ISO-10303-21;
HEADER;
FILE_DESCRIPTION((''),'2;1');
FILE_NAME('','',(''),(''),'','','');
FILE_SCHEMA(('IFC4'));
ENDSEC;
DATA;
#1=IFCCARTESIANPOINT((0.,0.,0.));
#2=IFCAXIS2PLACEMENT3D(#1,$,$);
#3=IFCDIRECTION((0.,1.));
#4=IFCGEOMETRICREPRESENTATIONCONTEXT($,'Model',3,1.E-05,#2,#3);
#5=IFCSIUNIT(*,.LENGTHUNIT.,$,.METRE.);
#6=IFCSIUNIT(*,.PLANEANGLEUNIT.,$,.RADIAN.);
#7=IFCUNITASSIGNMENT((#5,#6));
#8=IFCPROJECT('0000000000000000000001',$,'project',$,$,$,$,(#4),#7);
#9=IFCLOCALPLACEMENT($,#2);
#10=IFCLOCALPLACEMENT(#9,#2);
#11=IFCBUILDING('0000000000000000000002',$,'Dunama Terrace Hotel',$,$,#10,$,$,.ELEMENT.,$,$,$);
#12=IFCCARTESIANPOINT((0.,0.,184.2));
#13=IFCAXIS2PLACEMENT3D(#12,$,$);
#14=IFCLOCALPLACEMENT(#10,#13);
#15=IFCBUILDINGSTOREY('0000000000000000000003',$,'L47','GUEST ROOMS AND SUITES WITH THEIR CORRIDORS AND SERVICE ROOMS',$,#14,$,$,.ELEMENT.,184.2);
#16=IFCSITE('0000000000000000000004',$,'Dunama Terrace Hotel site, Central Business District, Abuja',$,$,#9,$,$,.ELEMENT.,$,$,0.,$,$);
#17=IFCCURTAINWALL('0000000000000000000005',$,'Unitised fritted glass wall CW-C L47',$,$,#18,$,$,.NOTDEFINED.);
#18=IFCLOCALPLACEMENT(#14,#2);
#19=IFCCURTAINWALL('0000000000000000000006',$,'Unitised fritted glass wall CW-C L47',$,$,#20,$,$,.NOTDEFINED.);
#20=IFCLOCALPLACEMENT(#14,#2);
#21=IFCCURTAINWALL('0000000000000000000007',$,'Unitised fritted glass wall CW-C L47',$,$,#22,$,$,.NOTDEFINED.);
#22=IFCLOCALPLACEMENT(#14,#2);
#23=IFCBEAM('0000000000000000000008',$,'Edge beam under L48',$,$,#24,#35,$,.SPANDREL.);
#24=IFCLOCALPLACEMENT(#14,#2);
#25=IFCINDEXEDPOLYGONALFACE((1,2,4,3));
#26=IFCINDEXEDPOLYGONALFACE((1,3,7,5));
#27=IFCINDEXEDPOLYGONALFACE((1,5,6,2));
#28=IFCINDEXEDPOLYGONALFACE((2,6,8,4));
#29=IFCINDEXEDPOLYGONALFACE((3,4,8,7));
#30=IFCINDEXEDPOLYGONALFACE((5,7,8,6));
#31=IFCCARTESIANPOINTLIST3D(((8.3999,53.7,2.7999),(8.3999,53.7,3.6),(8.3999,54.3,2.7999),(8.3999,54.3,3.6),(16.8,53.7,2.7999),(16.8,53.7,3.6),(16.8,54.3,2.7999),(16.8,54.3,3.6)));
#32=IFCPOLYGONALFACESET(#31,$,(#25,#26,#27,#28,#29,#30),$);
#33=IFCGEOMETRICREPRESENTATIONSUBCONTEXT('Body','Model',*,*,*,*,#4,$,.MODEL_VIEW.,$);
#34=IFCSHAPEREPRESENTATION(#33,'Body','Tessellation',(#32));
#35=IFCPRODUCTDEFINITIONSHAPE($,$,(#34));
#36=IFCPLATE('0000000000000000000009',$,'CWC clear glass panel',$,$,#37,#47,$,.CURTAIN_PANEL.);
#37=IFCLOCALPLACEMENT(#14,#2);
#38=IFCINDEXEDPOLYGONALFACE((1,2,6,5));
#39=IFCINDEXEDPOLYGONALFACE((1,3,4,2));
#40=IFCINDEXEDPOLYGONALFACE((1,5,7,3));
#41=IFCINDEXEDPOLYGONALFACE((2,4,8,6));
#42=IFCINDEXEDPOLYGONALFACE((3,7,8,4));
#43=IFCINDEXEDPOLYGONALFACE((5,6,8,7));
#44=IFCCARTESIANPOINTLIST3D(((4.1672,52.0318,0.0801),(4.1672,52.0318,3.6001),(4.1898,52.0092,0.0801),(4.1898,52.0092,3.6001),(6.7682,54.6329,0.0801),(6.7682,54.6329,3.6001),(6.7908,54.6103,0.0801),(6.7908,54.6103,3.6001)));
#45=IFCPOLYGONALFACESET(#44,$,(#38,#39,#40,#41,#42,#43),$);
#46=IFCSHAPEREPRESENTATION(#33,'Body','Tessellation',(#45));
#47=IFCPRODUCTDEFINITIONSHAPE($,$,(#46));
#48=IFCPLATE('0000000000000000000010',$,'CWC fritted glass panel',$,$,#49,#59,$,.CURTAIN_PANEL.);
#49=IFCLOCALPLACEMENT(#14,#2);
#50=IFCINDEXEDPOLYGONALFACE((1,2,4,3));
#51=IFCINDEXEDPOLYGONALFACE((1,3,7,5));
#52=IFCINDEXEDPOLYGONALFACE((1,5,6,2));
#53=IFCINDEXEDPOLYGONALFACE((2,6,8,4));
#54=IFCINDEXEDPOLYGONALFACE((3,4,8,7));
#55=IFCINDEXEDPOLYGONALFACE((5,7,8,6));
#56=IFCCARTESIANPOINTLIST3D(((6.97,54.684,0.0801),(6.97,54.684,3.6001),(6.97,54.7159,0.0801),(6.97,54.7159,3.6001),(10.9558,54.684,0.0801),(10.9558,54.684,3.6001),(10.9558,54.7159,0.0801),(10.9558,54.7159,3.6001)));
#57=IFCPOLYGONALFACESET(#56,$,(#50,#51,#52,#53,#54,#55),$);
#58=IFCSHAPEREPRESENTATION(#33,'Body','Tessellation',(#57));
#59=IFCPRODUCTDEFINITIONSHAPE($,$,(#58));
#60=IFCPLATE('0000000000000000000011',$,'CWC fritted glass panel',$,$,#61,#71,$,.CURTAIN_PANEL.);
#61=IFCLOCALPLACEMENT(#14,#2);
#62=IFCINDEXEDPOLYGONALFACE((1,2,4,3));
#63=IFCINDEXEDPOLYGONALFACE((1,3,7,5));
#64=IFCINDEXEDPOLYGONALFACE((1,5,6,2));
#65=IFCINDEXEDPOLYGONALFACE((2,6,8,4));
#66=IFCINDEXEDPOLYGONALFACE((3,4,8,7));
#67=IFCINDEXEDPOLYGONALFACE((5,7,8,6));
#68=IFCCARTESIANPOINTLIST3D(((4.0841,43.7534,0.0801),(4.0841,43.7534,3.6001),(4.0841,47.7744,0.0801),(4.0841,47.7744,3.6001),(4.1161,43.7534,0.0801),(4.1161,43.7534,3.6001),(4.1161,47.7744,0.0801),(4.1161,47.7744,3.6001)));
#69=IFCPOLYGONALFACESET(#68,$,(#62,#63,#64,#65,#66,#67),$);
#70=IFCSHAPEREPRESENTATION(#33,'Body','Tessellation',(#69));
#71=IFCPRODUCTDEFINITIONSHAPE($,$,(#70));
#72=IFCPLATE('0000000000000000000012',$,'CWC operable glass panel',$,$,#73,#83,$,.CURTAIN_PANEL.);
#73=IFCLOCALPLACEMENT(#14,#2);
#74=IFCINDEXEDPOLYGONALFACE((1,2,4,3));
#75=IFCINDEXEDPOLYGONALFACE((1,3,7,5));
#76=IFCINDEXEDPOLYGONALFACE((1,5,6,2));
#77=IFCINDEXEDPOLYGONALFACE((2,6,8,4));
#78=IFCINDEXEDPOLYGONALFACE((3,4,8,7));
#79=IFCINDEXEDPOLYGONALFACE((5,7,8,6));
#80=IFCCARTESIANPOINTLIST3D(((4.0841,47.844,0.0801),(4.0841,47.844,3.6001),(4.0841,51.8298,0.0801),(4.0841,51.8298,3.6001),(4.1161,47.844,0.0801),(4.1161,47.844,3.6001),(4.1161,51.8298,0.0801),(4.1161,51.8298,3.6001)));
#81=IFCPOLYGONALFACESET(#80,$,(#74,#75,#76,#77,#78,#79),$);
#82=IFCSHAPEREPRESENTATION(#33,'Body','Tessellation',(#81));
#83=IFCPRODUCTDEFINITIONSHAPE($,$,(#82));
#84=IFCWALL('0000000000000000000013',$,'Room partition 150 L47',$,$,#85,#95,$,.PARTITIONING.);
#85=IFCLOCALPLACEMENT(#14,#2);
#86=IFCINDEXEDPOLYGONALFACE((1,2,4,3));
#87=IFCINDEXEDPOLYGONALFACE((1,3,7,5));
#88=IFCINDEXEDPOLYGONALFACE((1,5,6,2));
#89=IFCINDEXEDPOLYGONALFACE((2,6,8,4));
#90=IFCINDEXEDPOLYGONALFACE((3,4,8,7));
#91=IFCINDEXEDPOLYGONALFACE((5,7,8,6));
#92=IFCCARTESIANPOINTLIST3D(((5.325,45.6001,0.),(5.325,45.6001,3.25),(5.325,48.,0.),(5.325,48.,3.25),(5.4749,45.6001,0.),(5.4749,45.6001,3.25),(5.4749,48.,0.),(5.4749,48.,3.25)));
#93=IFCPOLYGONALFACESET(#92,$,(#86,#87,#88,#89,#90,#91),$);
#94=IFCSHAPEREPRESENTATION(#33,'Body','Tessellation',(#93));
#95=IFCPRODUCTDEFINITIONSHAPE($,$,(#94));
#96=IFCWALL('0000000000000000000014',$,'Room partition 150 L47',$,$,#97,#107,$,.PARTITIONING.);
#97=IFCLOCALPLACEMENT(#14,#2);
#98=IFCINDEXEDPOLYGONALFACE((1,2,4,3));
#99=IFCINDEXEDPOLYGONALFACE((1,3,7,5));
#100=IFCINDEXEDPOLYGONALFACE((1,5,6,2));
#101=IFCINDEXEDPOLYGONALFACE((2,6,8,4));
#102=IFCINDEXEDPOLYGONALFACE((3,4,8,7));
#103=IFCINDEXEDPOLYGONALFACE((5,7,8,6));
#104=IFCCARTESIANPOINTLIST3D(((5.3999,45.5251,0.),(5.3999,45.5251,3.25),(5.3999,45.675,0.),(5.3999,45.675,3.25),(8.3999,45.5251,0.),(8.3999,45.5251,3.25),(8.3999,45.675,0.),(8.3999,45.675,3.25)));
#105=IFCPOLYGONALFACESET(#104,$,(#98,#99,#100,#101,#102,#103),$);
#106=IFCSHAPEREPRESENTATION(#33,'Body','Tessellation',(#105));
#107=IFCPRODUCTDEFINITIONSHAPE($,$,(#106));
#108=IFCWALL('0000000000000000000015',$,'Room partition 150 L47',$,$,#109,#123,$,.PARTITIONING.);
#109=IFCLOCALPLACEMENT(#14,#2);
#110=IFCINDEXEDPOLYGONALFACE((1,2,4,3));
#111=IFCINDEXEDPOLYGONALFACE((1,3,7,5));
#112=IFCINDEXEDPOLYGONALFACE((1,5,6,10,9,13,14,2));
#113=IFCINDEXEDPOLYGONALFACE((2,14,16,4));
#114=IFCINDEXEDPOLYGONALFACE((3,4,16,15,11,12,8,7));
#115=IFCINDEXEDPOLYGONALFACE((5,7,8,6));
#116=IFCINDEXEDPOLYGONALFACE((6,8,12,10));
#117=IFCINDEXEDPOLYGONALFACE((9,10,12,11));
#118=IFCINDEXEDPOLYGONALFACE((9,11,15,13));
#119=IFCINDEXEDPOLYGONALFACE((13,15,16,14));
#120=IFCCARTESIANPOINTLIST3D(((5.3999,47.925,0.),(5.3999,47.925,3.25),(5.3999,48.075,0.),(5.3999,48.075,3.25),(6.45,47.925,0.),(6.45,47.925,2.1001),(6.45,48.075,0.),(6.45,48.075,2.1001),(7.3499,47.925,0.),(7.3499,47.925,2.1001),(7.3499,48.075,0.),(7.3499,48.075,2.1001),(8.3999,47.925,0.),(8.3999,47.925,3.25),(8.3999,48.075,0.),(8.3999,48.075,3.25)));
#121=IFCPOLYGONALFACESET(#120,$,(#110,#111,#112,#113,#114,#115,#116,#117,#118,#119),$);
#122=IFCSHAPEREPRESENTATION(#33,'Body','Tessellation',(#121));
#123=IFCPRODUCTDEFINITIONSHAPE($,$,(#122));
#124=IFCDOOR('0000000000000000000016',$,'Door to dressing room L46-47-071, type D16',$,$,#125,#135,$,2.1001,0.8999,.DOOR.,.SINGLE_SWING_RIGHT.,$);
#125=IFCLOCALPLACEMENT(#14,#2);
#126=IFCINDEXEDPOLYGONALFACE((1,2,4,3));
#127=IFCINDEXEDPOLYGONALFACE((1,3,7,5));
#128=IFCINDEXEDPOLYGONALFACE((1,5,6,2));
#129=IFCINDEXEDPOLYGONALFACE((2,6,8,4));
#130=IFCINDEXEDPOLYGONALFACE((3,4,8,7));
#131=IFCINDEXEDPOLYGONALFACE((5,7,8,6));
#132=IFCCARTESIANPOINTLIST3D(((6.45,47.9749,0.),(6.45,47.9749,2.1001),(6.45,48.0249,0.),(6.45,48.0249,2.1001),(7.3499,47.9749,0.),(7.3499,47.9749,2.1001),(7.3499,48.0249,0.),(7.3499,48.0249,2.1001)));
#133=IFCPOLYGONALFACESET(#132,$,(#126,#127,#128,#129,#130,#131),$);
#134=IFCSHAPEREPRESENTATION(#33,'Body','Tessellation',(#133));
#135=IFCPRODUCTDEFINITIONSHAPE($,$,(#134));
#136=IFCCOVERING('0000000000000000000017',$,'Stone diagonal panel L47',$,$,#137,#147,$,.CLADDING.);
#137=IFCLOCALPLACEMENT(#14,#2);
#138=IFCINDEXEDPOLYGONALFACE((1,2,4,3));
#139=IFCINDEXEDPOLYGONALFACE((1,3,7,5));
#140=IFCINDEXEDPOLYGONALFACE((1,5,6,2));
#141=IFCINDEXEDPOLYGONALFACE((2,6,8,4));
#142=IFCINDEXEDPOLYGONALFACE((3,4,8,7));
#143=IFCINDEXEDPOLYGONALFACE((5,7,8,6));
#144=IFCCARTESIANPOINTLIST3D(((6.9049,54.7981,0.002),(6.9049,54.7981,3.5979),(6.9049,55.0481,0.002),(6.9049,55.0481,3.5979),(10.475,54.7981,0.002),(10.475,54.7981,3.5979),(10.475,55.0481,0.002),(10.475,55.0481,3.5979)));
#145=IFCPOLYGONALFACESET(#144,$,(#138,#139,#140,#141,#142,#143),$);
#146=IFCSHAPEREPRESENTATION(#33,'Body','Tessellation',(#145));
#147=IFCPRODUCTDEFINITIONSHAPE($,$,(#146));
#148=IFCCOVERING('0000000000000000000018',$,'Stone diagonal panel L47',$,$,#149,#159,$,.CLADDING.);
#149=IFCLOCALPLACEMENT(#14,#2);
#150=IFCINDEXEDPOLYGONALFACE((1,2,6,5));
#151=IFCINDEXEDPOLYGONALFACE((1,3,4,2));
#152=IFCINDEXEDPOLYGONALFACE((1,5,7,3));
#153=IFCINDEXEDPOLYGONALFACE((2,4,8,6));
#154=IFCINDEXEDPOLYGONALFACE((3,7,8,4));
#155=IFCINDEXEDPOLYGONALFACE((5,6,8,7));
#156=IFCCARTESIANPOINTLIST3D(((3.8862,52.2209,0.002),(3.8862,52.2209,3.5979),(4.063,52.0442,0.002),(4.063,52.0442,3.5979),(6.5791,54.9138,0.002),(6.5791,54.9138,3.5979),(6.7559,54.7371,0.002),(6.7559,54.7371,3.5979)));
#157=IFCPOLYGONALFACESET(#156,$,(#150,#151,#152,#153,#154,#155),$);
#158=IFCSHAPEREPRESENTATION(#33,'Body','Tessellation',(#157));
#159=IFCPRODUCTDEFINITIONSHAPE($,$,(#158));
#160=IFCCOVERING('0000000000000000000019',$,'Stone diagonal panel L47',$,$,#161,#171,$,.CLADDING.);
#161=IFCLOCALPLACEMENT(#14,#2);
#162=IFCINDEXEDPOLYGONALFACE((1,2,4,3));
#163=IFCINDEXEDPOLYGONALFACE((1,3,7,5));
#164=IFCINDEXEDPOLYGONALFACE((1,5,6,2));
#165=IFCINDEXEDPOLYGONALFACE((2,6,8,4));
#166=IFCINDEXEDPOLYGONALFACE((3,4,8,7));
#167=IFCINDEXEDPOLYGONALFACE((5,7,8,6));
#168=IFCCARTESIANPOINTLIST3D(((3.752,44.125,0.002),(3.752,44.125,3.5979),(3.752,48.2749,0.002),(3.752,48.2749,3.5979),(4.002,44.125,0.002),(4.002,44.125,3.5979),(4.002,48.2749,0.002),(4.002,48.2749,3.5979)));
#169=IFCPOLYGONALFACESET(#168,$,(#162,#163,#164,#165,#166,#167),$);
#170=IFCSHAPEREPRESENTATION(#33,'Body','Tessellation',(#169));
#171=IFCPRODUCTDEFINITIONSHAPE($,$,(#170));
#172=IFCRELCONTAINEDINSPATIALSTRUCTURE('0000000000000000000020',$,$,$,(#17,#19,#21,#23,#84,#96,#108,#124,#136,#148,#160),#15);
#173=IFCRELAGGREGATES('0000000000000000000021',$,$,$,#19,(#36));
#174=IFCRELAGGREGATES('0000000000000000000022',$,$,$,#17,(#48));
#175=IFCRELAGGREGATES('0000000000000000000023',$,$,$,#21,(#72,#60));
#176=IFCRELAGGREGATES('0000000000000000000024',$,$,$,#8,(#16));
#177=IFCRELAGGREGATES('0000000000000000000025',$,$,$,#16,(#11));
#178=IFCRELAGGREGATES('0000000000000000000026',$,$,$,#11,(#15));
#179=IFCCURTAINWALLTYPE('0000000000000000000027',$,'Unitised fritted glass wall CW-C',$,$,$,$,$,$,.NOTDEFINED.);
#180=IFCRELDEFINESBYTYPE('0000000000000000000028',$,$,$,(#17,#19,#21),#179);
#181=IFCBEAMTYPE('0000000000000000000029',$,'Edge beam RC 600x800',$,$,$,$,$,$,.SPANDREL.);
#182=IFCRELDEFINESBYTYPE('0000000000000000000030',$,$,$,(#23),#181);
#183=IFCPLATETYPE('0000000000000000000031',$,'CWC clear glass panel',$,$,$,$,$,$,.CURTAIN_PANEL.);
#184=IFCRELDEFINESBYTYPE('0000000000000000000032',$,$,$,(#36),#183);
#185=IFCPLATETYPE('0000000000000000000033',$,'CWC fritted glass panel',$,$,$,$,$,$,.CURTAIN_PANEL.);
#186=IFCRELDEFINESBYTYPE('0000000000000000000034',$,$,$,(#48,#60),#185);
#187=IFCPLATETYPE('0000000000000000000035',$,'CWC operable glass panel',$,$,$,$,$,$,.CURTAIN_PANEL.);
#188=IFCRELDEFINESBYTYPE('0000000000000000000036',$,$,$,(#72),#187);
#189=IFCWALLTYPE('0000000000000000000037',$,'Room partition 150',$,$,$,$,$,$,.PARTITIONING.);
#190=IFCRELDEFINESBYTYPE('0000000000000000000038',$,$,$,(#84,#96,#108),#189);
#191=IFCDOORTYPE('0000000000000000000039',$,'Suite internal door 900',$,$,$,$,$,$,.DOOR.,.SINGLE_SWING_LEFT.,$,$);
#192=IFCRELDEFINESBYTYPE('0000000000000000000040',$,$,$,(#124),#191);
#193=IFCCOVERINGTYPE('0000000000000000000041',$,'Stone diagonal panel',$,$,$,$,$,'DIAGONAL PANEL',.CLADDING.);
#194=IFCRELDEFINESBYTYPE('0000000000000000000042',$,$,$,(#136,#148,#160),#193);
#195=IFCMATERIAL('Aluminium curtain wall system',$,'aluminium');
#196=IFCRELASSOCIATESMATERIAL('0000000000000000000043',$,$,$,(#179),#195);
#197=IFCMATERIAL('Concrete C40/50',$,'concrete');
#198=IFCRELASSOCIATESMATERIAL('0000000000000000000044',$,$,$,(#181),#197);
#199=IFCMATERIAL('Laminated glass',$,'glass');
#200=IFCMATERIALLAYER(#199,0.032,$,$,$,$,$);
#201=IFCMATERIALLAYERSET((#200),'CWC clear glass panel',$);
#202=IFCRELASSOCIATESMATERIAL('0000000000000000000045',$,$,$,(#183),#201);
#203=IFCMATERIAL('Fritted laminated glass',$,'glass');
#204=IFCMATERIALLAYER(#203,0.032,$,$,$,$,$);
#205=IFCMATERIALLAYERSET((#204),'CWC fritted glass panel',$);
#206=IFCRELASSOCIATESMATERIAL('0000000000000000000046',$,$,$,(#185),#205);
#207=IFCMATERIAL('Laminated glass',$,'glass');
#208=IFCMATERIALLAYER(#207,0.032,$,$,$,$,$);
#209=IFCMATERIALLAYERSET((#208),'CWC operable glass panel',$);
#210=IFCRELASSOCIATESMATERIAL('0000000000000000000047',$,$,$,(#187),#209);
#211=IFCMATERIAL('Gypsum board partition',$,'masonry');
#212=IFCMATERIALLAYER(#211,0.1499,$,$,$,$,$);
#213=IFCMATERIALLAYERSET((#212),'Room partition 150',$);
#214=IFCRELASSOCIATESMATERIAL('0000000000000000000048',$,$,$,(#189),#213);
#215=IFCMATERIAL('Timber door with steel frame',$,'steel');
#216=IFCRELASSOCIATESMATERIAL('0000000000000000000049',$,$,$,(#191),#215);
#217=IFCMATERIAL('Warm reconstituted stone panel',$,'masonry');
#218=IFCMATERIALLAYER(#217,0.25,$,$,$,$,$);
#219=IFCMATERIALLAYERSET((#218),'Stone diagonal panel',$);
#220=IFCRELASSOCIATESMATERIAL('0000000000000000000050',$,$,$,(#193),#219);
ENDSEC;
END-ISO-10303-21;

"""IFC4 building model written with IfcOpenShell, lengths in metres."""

from ifc_helpers import new_model, si_unit, direction, frame, frame_2d, origin, origin_2d, place, context, subcontext, project, spatial, rectangle, extrude, material, layer, layer_set, material_profile, profile_set, type_object, element, fill, aggregate, save


model = new_model("IFC4")

# Units and contexts
model_context = context("Model", 3, precision=1e-05, world=origin(), true_north=direction((0.0, 1.0)))
body_context = subcontext(model_context, "Body", "Model", "MODEL_VIEW")
ifc_project = project(units=[si_unit("LENGTHUNIT", "METRE"), si_unit("PLANEANGLEUNIT", "RADIAN")], contexts=[model_context])

# Site, building, storey
site_placement = place(None, origin())
site = spatial("IfcSite", under=ifc_project, at=site_placement, Name="Dunama Terrace Hotel site, Central Business District, Abuja", CompositionType="ELEMENT", RefElevation=0.0)
building_placement = place(site_placement, origin())
building = spatial("IfcBuilding", under=site, at=building_placement, Name="Dunama Terrace Hotel", CompositionType="ELEMENT")
storey_placement = place(building_placement, frame((0.0, 0.0, 184.2)))
storey = spatial("IfcBuildingStorey", under=building, at=storey_placement, Name="L47", Description="GUEST ROOMS AND SUITES WITH THEIR CORRIDORS AND SERVICE ROOMS", CompositionType="ELEMENT", Elevation=184.2)

# Curtain wall
ifc_material_1 = material(Name="Aluminium curtain wall system", Category="aluminium")
curtain_wall_type = type_object("IfcCurtainWallType", Name="Unitised fritted glass wall CW-C", PredefinedType="NOTDEFINED", material=ifc_material_1)
curtain_wall_1_placement = place(storey_placement, origin())
curtain_wall_1 = element("IfcCurtainWall", 1, at=curtain_wall_1_placement, inside=storey, type_object=curtain_wall_type, Name="Unitised fritted glass wall CW-C L47", PredefinedType="NOTDEFINED")

# Curtain walls
curtain_wall_2_placement = place(storey_placement, origin())
curtain_wall_2 = element("IfcCurtainWall", 2, at=curtain_wall_2_placement, inside=storey, type_object=curtain_wall_type, Name="Unitised fritted glass wall CW-C L47", PredefinedType="NOTDEFINED")
curtain_wall_3_placement = place(storey_placement, origin())
curtain_wall_3 = element("IfcCurtainWall", 3, at=curtain_wall_3_placement, inside=storey, type_object=curtain_wall_type, Name="Unitised fritted glass wall CW-C L47", PredefinedType="NOTDEFINED")

# Beam
ifc_material_2 = material(Name="Concrete C40/50", Category="concrete")
ifc_material_profile_1 = material_profile(ifc_material_2, rectangle(XDim=0.6001, YDim=0.8, at=origin_2d()), Name="RC 600x800")
ifc_profile_set_1 = profile_set([ifc_material_profile_1], Name="Concrete C40/50")
beam_type_1 = type_object("IfcBeamType", Name="Edge beam RC 600x800", PredefinedType="SPANDREL", material=ifc_profile_set_1)
beam_1_placement = place(storey_placement, frame((8.3999, 54.0, 3.2), z_axis=(1.0, 0.0, 0.0), x_axis=(0.0, 1.0, 0.0)))
element("IfcBeam", 4, at=beam_1_placement, inside=storey, type_object=beam_type_1, Name="Edge beam under L48", PredefinedType="SPANDREL", context=body_context, shape_type="SweptSolid", body=[
    extrude(rectangle(XDim=0.6001, YDim=0.8, at=origin_2d()), origin(), (0.0, 0.0, 1.0), 8.4001),
])

# Plates
ifc_material_3 = material(Name="Laminated glass", Category="glass")
ifc_layer_1 = layer(ifc_material_3, 0.032)
ifc_layer_set_1 = layer_set([ifc_layer_1], Name="CWC clear glass panel")
plate_type_1 = type_object("IfcPlateType", Name="CWC clear glass panel", PredefinedType="CURTAIN_PANEL", material=ifc_layer_set_1)
plate_1_placement = place(storey_placement, frame((5.479, 53.321, 0.0801), z_axis=(0.0, 0.0, 1.0), x_axis=(-0.707107, -0.707107, 0.0)))
plate_1 = element("IfcPlate", 5, at=plate_1_placement, type_object=plate_type_1, Name="CWC clear glass panel", PredefinedType="CURTAIN_PANEL", context=body_context, shape_type="SweptSolid", body=[
    extrude(rectangle(XDim=3.6785, YDim=0.032, at=origin_2d()), origin(), (0.0, 0.0, 1.0), 3.52),
])
aggregate(curtain_wall_2, [plate_1])
ifc_material_4 = material(Name="Fritted laminated glass", Category="glass")
ifc_layer_2 = layer(ifc_material_4, 0.032)
ifc_layer_set_2 = layer_set([ifc_layer_2], Name="CWC fritted glass panel")
plate_type_2 = type_object("IfcPlateType", Name="CWC fritted glass panel", PredefinedType="CURTAIN_PANEL", material=ifc_layer_set_2)
plate_2_placement = place(storey_placement, frame((8.9629, 54.7, 0.0801), z_axis=(0.0, 0.0, 1.0), x_axis=(-1.0, 0.0, 0.0)))
plate_2 = element("IfcPlate", 6, at=plate_2_placement, type_object=plate_type_2, Name="CWC fritted glass panel", PredefinedType="CURTAIN_PANEL", context=body_context, shape_type="SweptSolid", body=[
    extrude(rectangle(XDim=3.9858, YDim=0.032, at=origin_2d()), origin(), (0.0, 0.0, 1.0), 3.52),
])
aggregate(curtain_wall_1, [plate_2])
plate_3_placement = place(storey_placement, frame((4.1001, 45.7639, 0.0801), z_axis=(0.0, 0.0, 1.0), x_axis=(0.0, -1.0, 0.0)))
plate_3 = element("IfcPlate", 7, at=plate_3_placement, type_object=plate_type_2, Name="CWC fritted glass panel", PredefinedType="CURTAIN_PANEL", context=body_context, shape_type="SweptSolid", body=[
    extrude(rectangle(XDim=4.021, YDim=0.032, at=origin_2d()), origin(), (0.0, 0.0, 1.0), 3.52),
])
ifc_material_5 = material(Name="Laminated glass", Category="glass")
ifc_layer_3 = layer(ifc_material_5, 0.032)
ifc_layer_set_3 = layer_set([ifc_layer_3], Name="CWC operable glass panel")
plate_type_3 = type_object("IfcPlateType", Name="CWC operable glass panel", PredefinedType="CURTAIN_PANEL", material=ifc_layer_set_3)
plate_4_placement = place(storey_placement, frame((4.1001, 49.8369, 0.0801), z_axis=(0.0, 0.0, 1.0), x_axis=(0.0, -1.0, 0.0)))
plate_4 = element("IfcPlate", 8, at=plate_4_placement, type_object=plate_type_3, Name="CWC operable glass panel", PredefinedType="CURTAIN_PANEL", context=body_context, shape_type="SweptSolid", body=[
    extrude(rectangle(XDim=3.9858, YDim=0.032, at=origin_2d()), origin(), (0.0, 0.0, 1.0), 3.52),
])
aggregate(curtain_wall_3, [plate_4, plate_3])

# Walls
ifc_material_6 = material(Name="Gypsum board partition", Category="masonry")
ifc_layer_4 = layer(ifc_material_6, 0.1499)
ifc_layer_set_4 = layer_set([ifc_layer_4], Name="Room partition 150")
wall_type = type_object("IfcWallType", Name="Room partition 150", PredefinedType="PARTITIONING", material=ifc_layer_set_4)
wall_1_placement = place(storey_placement, frame((5.3999, 45.6001, 0.0), z_axis=(0.0, 0.0, 1.0), x_axis=(0.0, 1.0, 0.0)))
element("IfcWall", 9, at=wall_1_placement, inside=storey, type_object=wall_type, Name="Room partition 150 L47", PredefinedType="PARTITIONING", context=body_context, shape_type="SweptSolid", body=[
    extrude(rectangle(XDim=2.3999, YDim=0.1499, at=frame_2d((1.2, 0.0))), origin(), (0.0, 0.0, 1.0), 3.25),
])
wall_2_placement = place(storey_placement, frame((5.3999, 45.6001, 0.0), z_axis=(0.0, 0.0, 1.0), x_axis=(1.0, 0.0, 0.0)))
element("IfcWall", 10, at=wall_2_placement, inside=storey, type_object=wall_type, Name="Room partition 150 L47", PredefinedType="PARTITIONING", context=body_context, shape_type="SweptSolid", body=[
    extrude(rectangle(XDim=3.0, YDim=0.1499, at=frame_2d((1.5, 0.0))), origin(), (0.0, 0.0, 1.0), 3.25),
])

# Wall, opening, door
wall_3_placement = place(storey_placement, frame((5.3999, 48.0, 0.0), z_axis=(0.0, 0.0, 1.0), x_axis=(1.0, 0.0, 0.0)))
wall_3 = element("IfcWall", 11, at=wall_3_placement, inside=storey, type_object=wall_type, Name="Room partition 150 L47", PredefinedType="PARTITIONING", context=body_context, shape_type="SweptSolid", body=[
    extrude(rectangle(XDim=3.0, YDim=0.1499, at=frame_2d((1.5, 0.0))), origin(), (0.0, 0.0, 1.0), 3.25),
])
opening_placement = place(wall_3_placement, frame((1.05, 0.0, 0.0)))
opening = element("IfcOpeningElement", 12, at=opening_placement, cuts=wall_3, PredefinedType="OPENING", context=body_context, shape_type="SweptSolid", body=[
    extrude(rectangle(XDim=0.8999, YDim=2.1001, at=frame_2d((0.45, 1.05))), frame((0.0, 0.085, 0.0), z_axis=(0.0, -1.0, 0.0), x_axis=(1.0, 0.0, 0.0)), (0.0, 0.0, 1.0), 0.1699),
])
ifc_material_7 = material(Name="Timber door with steel frame", Category="steel")
door_type = type_object("IfcDoorType", Name="Suite internal door 900", OperationType="SINGLE_SWING_LEFT", PredefinedType="DOOR", material=ifc_material_7)
door_placement = place(opening_placement, frame((0.8999, 0.0, 0.0), z_axis=(0.0, 0.0, 1.0), x_axis=(-1.0, 0.0, 0.0)))
door = element("IfcDoor", 13, at=door_placement, inside=storey, type_object=door_type, Name="Door to dressing room L46-47-071, type D16", OperationType="SINGLE_SWING_RIGHT", OverallHeight=2.1001, OverallWidth=0.8999, PredefinedType="DOOR", context=body_context, shape_type="SweptSolid", body=[
    extrude(rectangle(XDim=0.8999, YDim=2.1001, at=frame_2d((0.45, 1.05))), frame((0.0, 0.0251, 0.0), z_axis=(0.0, -1.0, 0.0), x_axis=(1.0, 0.0, 0.0)), (0.0, 0.0, 1.0), 0.05),
])
fill(opening, door)

# Coverings
ifc_material_8 = material(Name="Warm reconstituted stone panel", Category="masonry")
ifc_layer_5 = layer(ifc_material_8, 0.25)
ifc_layer_set_5 = layer_set([ifc_layer_5], Name="Stone diagonal panel")
covering_type = type_object("IfcCoveringType", Name="Stone diagonal panel", ElementType="DIAGONAL PANEL", PredefinedType="CLADDING", material=ifc_layer_set_5)
covering_1_placement = place(storey_placement, frame((8.6899, 54.9231, 0.002), z_axis=(0.0, 0.0, 1.0), x_axis=(-1.0, 0.0, 0.0)))
element("IfcCovering", 14, at=covering_1_placement, inside=storey, type_object=covering_type, Name="Stone diagonal panel L47", PredefinedType="CLADDING", context=body_context, shape_type="SweptSolid", body=[
    extrude(rectangle(XDim=3.5701, YDim=0.25, at=origin_2d()), origin(), (0.0, 0.0, 1.0), 3.5959),
])
covering_2_placement = place(storey_placement, frame((5.321, 53.479, 0.002), z_axis=(0.0, 0.0, 1.0), x_axis=(-0.707107, -0.707107, 0.0)))
element("IfcCovering", 15, at=covering_2_placement, inside=storey, type_object=covering_type, Name="Stone diagonal panel L47", PredefinedType="CLADDING", context=body_context, shape_type="SweptSolid", body=[
    extrude(rectangle(XDim=3.8083, YDim=0.25, at=origin_2d()), origin(), (0.0, 0.0, 1.0), 3.5959),
])
covering_3_placement = place(storey_placement, frame((3.877, 46.2, 0.002), z_axis=(0.0, 0.0, 1.0), x_axis=(0.0, -1.0, 0.0)))
element("IfcCovering", 16, at=covering_3_placement, inside=storey, type_object=covering_type, Name="Stone diagonal panel L47", PredefinedType="CLADDING", context=body_context, shape_type="SweptSolid", body=[
    extrude(rectangle(XDim=4.1499, YDim=0.25, at=origin_2d()), origin(), (0.0, 0.0, 1.0), 3.5959),
])

save(model, "model.ifc")
